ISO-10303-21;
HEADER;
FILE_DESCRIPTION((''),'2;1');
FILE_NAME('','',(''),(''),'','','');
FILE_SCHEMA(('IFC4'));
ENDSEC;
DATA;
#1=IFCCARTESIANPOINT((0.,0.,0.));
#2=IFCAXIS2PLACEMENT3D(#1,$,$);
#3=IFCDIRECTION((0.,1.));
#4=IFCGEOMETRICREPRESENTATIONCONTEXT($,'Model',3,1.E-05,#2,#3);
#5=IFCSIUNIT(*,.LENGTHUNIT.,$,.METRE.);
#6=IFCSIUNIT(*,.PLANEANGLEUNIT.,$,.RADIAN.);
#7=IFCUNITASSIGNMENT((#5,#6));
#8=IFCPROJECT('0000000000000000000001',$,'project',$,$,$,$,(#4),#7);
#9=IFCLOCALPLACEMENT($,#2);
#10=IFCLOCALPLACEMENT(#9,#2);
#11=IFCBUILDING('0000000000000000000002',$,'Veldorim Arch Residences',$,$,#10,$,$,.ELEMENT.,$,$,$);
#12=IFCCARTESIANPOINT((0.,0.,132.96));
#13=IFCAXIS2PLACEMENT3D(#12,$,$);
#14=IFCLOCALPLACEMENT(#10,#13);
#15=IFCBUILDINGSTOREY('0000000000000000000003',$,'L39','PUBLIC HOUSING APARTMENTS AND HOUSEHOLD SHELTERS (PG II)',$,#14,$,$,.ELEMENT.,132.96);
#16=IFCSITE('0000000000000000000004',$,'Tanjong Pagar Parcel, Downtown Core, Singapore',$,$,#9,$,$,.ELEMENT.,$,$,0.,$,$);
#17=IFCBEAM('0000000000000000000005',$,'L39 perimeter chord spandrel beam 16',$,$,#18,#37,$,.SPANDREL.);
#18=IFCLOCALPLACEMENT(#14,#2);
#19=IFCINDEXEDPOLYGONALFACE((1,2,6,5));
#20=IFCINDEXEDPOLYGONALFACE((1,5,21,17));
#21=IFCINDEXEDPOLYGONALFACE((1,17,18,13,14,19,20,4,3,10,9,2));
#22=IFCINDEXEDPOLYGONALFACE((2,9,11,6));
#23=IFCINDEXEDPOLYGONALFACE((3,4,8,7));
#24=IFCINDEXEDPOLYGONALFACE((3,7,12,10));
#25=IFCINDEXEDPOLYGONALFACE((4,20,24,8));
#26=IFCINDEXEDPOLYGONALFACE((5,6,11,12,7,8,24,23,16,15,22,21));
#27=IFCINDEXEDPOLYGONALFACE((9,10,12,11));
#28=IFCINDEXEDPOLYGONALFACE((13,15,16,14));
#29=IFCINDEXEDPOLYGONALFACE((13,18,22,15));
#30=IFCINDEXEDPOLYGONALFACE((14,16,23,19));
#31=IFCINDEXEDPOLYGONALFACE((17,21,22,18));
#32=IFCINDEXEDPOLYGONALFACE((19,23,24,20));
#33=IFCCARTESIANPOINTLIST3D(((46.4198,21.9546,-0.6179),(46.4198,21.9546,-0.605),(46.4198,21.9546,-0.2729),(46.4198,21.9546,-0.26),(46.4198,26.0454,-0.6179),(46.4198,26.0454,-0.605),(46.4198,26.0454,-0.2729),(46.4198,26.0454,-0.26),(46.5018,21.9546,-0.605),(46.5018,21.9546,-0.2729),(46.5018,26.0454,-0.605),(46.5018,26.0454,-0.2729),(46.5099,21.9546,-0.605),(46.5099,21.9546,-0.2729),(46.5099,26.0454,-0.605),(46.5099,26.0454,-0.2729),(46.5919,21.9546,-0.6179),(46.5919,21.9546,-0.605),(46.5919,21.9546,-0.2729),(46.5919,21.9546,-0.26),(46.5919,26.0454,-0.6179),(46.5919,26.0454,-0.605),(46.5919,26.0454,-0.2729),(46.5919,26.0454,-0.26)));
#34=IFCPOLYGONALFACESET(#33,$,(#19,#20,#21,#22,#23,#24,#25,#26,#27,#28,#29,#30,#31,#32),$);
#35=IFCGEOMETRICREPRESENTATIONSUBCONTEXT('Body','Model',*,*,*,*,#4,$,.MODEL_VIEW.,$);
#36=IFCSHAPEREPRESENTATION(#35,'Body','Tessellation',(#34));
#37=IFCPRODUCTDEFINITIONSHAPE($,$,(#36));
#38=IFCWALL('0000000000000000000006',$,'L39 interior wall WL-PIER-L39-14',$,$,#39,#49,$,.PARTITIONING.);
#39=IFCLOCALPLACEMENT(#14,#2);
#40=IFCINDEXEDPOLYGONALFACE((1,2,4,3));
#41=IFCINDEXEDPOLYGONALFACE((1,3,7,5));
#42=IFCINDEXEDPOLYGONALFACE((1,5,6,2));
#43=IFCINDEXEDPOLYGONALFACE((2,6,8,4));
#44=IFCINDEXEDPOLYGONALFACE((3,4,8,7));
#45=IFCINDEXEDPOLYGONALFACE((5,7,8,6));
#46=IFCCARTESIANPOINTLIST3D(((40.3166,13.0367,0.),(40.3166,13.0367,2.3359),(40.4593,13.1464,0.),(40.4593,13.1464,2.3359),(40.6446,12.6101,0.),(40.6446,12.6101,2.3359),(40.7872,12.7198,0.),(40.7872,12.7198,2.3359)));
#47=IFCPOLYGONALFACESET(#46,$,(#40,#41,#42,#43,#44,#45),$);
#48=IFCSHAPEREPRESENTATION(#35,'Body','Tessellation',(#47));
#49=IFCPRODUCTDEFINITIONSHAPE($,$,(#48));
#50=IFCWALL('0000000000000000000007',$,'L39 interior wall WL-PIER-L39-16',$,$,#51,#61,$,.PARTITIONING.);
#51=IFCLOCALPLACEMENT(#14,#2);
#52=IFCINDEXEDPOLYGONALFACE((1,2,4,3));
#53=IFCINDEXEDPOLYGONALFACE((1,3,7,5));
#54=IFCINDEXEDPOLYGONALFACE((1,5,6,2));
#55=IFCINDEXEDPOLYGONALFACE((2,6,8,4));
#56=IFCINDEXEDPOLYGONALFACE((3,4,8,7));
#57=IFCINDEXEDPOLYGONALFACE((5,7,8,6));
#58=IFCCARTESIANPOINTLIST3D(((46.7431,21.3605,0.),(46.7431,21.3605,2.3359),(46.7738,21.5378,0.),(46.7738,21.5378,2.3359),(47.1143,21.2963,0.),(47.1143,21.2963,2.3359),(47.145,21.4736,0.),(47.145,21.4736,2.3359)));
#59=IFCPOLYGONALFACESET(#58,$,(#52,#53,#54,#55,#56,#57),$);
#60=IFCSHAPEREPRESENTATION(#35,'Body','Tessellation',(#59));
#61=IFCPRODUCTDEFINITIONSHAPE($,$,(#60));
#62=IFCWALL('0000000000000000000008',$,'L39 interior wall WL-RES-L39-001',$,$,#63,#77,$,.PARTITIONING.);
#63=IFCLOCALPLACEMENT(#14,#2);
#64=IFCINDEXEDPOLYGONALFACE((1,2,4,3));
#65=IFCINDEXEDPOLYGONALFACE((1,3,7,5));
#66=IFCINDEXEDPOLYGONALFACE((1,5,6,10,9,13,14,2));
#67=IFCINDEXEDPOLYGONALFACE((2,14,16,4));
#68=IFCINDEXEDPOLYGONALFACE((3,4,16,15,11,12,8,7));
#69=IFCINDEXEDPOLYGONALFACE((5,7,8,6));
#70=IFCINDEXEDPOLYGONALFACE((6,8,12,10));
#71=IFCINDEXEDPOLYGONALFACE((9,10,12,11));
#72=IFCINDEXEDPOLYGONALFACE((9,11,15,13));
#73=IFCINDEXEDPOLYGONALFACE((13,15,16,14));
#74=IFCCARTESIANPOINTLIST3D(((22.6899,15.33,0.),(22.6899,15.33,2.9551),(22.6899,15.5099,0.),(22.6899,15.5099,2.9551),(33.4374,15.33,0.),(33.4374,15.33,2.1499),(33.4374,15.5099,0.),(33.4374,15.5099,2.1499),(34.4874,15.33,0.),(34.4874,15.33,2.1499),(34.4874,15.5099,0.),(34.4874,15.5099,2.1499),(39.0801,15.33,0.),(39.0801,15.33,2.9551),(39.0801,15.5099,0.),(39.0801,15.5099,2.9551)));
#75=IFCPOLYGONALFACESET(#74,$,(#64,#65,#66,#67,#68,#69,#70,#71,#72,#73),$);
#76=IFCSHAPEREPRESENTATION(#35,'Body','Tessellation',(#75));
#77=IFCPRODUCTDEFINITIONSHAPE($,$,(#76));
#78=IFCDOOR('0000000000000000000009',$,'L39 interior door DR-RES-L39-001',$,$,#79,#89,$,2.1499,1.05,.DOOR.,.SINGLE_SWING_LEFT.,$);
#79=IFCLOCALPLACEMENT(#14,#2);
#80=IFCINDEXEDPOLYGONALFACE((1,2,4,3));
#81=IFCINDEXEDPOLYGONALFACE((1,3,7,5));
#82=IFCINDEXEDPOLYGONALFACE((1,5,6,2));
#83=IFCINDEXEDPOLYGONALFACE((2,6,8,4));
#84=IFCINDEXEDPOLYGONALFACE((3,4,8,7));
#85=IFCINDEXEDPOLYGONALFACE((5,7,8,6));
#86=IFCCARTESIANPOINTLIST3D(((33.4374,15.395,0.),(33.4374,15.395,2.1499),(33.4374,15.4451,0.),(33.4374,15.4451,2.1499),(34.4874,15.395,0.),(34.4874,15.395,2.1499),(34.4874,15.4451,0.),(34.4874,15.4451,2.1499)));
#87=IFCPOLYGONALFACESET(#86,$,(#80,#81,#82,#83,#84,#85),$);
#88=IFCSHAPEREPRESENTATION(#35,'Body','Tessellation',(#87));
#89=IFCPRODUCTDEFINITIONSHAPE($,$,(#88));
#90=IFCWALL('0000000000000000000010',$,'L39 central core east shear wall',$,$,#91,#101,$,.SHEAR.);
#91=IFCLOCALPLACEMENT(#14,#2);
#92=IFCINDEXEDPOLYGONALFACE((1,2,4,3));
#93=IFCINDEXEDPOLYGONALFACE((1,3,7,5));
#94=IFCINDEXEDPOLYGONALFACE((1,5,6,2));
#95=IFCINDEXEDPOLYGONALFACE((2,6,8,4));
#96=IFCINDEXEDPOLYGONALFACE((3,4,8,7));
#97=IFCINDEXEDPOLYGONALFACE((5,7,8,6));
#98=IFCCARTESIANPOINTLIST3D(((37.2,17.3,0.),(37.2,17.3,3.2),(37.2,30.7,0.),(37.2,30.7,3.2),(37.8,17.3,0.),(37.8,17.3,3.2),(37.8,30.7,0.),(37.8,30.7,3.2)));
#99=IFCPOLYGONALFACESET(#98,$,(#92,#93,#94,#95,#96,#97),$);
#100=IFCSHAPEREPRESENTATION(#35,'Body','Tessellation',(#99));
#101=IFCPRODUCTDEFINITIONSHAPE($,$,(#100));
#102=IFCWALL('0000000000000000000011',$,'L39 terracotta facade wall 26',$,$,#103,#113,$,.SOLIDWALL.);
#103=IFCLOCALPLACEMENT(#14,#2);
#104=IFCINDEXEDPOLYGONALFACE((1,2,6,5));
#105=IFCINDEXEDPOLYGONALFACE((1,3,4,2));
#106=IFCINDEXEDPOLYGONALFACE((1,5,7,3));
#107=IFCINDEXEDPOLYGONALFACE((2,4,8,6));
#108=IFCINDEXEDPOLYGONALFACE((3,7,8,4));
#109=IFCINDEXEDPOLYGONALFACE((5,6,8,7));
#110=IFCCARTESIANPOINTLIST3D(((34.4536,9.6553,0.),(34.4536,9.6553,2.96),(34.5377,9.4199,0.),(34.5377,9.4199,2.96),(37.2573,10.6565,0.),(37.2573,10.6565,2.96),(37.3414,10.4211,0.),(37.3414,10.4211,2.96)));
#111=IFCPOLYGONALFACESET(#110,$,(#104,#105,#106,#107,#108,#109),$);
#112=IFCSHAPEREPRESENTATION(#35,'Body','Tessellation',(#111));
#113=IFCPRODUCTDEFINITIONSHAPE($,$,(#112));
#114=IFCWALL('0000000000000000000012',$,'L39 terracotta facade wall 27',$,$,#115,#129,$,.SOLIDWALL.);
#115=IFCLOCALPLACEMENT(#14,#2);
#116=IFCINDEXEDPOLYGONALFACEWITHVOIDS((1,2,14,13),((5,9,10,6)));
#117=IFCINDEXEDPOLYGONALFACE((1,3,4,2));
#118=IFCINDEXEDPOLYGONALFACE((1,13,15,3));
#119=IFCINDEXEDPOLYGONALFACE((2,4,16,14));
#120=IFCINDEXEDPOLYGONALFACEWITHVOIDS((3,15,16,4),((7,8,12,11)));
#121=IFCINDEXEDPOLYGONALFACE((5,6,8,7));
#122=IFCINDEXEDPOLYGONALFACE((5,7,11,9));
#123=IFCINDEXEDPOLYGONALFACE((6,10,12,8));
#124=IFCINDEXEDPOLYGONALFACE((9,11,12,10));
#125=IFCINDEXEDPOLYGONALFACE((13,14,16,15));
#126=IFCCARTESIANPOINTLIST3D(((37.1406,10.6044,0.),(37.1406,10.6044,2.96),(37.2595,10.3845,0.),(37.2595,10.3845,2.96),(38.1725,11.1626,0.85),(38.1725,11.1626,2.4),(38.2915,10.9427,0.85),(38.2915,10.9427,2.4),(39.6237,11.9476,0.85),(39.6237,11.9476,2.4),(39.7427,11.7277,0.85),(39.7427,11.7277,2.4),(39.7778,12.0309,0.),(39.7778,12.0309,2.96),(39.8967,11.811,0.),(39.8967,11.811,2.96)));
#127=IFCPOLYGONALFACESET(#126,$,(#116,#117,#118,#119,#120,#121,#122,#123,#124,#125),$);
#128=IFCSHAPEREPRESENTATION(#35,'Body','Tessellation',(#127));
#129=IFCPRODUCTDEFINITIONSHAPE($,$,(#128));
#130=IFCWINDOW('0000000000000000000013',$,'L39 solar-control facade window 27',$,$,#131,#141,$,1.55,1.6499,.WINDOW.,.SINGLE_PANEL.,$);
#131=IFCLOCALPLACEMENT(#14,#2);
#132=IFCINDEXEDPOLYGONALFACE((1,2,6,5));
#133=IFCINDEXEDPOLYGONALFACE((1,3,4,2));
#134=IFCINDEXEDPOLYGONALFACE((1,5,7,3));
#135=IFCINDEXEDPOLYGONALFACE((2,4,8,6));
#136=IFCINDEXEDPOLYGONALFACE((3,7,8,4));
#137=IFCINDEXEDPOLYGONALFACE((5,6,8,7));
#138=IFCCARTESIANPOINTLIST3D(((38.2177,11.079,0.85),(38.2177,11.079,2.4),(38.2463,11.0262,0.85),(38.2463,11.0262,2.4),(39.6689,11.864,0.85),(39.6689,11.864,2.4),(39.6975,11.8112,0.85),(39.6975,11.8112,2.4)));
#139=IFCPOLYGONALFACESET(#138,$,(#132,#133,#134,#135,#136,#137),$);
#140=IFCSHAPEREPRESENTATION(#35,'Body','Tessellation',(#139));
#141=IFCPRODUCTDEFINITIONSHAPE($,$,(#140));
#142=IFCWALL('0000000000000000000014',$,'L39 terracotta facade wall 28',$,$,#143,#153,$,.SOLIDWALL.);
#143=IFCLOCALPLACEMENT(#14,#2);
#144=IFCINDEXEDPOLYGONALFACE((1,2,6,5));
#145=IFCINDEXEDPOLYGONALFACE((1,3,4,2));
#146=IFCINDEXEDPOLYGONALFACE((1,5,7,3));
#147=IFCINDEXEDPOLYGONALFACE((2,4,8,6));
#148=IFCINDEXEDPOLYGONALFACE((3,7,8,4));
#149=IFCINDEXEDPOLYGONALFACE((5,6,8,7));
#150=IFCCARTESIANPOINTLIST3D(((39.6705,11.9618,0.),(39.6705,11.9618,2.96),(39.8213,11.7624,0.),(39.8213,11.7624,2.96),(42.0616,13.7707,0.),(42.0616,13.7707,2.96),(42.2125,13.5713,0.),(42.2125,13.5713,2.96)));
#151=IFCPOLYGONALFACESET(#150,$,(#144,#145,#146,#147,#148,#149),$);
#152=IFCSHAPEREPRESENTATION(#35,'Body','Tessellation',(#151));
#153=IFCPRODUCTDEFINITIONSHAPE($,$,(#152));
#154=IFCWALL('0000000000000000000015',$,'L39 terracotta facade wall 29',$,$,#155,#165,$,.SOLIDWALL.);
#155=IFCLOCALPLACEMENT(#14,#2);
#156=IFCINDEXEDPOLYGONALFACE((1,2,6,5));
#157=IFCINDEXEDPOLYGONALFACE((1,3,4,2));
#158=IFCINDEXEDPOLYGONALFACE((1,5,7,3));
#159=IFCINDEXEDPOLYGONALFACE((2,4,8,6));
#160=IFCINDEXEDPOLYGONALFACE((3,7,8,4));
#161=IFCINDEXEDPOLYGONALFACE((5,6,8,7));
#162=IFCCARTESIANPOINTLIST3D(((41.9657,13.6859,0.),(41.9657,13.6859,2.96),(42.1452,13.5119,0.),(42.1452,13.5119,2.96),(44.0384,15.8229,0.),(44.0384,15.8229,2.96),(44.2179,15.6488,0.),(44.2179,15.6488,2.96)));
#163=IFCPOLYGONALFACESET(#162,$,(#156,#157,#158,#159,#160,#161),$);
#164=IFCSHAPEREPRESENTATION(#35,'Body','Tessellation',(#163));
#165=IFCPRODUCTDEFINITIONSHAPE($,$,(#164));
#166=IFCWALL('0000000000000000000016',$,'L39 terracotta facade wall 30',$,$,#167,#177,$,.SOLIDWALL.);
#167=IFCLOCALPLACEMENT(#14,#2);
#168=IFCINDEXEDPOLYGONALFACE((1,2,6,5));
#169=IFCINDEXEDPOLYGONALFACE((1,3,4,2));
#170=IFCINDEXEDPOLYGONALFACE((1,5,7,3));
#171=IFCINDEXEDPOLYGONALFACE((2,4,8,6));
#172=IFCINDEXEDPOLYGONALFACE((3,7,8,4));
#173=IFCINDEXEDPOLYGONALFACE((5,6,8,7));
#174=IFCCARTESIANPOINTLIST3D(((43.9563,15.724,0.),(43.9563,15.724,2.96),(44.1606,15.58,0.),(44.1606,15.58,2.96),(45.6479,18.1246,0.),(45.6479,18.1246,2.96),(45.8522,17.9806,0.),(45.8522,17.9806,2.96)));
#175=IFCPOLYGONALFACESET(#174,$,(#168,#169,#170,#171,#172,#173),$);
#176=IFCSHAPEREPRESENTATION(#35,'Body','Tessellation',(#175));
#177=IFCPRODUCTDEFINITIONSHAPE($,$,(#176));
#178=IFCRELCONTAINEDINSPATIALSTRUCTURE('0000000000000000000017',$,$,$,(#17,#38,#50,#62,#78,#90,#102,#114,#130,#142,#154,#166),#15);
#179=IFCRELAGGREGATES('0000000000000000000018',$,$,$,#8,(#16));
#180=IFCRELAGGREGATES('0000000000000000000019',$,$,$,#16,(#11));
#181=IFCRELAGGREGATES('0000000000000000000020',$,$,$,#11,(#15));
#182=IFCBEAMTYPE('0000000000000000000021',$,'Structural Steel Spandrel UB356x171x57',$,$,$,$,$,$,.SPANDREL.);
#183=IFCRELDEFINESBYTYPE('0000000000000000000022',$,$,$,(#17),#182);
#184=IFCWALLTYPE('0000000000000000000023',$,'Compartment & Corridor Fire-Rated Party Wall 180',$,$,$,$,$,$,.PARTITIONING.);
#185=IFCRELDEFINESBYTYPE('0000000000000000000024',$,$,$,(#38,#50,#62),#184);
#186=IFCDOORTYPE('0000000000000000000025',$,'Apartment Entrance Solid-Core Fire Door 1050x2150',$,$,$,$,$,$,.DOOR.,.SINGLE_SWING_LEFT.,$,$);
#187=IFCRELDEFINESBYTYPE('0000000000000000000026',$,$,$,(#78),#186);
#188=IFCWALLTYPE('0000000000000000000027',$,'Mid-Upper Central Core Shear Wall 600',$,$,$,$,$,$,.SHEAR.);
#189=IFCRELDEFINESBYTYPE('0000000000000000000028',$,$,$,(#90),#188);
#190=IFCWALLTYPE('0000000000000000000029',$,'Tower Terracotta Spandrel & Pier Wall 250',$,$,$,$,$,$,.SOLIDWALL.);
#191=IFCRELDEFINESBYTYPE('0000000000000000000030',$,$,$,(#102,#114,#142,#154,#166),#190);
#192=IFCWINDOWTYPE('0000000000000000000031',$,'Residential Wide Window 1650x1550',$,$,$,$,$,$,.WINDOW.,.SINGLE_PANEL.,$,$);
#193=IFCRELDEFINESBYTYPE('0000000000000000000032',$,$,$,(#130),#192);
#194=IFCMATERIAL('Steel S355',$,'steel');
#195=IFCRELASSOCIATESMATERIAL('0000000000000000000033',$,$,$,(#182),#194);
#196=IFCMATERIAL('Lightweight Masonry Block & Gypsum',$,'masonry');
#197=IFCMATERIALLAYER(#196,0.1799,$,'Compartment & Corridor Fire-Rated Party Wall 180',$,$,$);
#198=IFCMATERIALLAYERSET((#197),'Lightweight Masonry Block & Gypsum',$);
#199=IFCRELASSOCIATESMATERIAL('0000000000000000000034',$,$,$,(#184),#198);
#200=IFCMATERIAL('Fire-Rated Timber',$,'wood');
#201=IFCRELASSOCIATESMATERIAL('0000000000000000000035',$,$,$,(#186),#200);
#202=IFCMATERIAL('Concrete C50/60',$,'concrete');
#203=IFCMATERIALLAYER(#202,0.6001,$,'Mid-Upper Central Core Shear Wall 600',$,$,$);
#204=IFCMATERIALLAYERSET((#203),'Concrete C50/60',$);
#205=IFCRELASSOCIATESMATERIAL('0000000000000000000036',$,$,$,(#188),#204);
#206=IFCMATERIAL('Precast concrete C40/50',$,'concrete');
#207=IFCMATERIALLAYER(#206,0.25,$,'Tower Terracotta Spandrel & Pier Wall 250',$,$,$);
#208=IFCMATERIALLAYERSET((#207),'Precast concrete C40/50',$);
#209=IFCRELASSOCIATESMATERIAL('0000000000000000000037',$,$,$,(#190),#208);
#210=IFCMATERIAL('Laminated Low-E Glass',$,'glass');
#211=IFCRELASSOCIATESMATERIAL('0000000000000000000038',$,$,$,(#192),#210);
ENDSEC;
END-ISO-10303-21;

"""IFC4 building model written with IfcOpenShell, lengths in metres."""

from ifc_helpers import new_model, si_unit, direction, frame, frame_2d, origin, origin_2d, place, context, subcontext, project, spatial, rectangle, i_section, extrude, material, layer, layer_set, material_profile, profile_set, type_object, element, fill, save


model = new_model("IFC4")

# Units and contexts
model_context = context("Model", 3, precision=1e-05, world=origin(), true_north=direction((0.0, 1.0)))
body_context = subcontext(model_context, "Body", "Model", "MODEL_VIEW")
ifc_project = project(units=[si_unit("LENGTHUNIT", "METRE"), si_unit("PLANEANGLEUNIT", "RADIAN")], contexts=[model_context])

# Site, building, storey
site_placement = place(None, origin())
site = spatial("IfcSite", under=ifc_project, at=site_placement, Name="Tanjong Pagar Parcel, Downtown Core, Singapore", CompositionType="ELEMENT", RefElevation=0.0)
building_placement = place(site_placement, origin())
building = spatial("IfcBuilding", under=site, at=building_placement, Name="Veldorim Arch Residences", CompositionType="ELEMENT")
storey_placement = place(building_placement, frame((0.0, 0.0, 132.96)))
storey = spatial("IfcBuildingStorey", under=building, at=storey_placement, Name="L39", Description="PUBLIC HOUSING APARTMENTS AND HOUSEHOLD SHELTERS (PG II)", CompositionType="ELEMENT", Elevation=132.96)

# Beam
ifc_material_1 = material(Name="Steel S355", Category="steel")
ifc_material_profile_1 = material_profile(ifc_material_1, i_section(OverallWidth=0.1721, OverallDepth=0.3579, WebThickness=0.0081, FlangeThickness=0.0129, at=origin_2d()), Name="UB356x171x57")
ifc_profile_set_1 = profile_set([ifc_material_profile_1], Name="Steel S355")
beam_type_1 = type_object("IfcBeamType", Name="Structural Steel Spandrel UB356x171x57", PredefinedType="SPANDREL", material=ifc_profile_set_1)
beam_1_placement = place(storey_placement, frame((46.5059, 21.9546, -0.439), z_axis=(0.0, 1.0, 0.0), x_axis=(-1.0, 0.0, 0.0)))
element("IfcBeam", 1, at=beam_1_placement, inside=storey, type_object=beam_type_1, Name="L39 perimeter chord spandrel beam 16", PredefinedType="SPANDREL", context=body_context, shape_type="SweptSolid", body=[
    extrude(i_section(OverallWidth=0.1721, OverallDepth=0.3579, WebThickness=0.0081, FlangeThickness=0.0129, at=origin_2d()), origin(), (0.0, 0.0, 1.0), 4.0908),
])

# Walls
ifc_material_2 = material(Name="Lightweight Masonry Block & Gypsum", Category="masonry")
ifc_layer_1 = layer(ifc_material_2, 0.1799, Name="Compartment & Corridor Fire-Rated Party Wall 180")
ifc_layer_set_1 = layer_set([ifc_layer_1], Name="Lightweight Masonry Block & Gypsum")
wall_type_1 = type_object("IfcWallType", Name="Compartment & Corridor Fire-Rated Party Wall 180", PredefinedType="PARTITIONING", material=ifc_layer_set_1)
wall_1_placement = place(storey_placement, frame((40.3879, 13.0916, 0.0), z_axis=(0.0, 0.0, 1.0), x_axis=(0.609469, -0.79281, 0.0)))
element("IfcWall", 2, at=wall_1_placement, inside=storey, type_object=wall_type_1, Name="L39 interior wall WL-PIER-L39-14", PredefinedType="PARTITIONING", context=body_context, shape_type="SweptSolid", body=[
    extrude(rectangle(XDim=0.5381, YDim=0.1799, at=frame_2d((0.269, 0.0))), origin(), (0.0, 0.0, 1.0), 2.3359),
])
wall_2_placement = place(storey_placement, frame((46.7583, 21.4492, 0.0), z_axis=(0.0, 0.0, 1.0), x_axis=(0.985359, -0.170493, 0.0)))
element("IfcWall", 3, at=wall_2_placement, inside=storey, type_object=wall_type_1, Name="L39 interior wall WL-PIER-L39-16", PredefinedType="PARTITIONING", context=body_context, shape_type="SweptSolid", body=[
    extrude(rectangle(XDim=0.3767, YDim=0.1799, at=frame_2d((0.1885, 0.0))), origin(), (0.0, 0.0, 1.0), 2.3359),
])

# Wall, opening, door
wall_3_placement = place(storey_placement, frame((39.0801, 15.4199, 0.0), z_axis=(0.0, 0.0, 1.0), x_axis=(-1.0, 0.0, 0.0)))
wall_3 = element("IfcWall", 4, at=wall_3_placement, inside=storey, type_object=wall_type_1, Name="L39 interior wall WL-RES-L39-001", PredefinedType="PARTITIONING", context=body_context, shape_type="SweptSolid", body=[
    extrude(rectangle(XDim=16.3901, YDim=0.1799, at=frame_2d((8.1951, 0.0))), origin(), (0.0, 0.0, 1.0), 2.9551),
])
opening_1_placement = place(wall_3_placement, frame((4.5928, 0.0, 0.0)))
opening_1 = element("IfcOpeningElement", 5, at=opening_1_placement, cuts=wall_3, PredefinedType="OPENING", context=body_context, shape_type="SweptSolid", body=[
    extrude(rectangle(XDim=1.05, YDim=2.1499, at=frame_2d((0.5249, 1.075))), frame((0.0, 0.0999, 0.0), z_axis=(0.0, -1.0, 0.0), x_axis=(1.0, 0.0, 0.0)), (0.0, 0.0, 1.0), 0.2),
])
ifc_material_3 = material(Name="Fire-Rated Timber", Category="wood")
door_type = type_object("IfcDoorType", Name="Apartment Entrance Solid-Core Fire Door 1050x2150", OperationType="SINGLE_SWING_LEFT", PredefinedType="DOOR", material=ifc_material_3)
door_placement = place(opening_1_placement, origin())
door = element("IfcDoor", 6, at=door_placement, inside=storey, type_object=door_type, Name="L39 interior door DR-RES-L39-001", OperationType="SINGLE_SWING_LEFT", OverallHeight=2.1499, OverallWidth=1.05, PredefinedType="DOOR", context=body_context, shape_type="SweptSolid", body=[
    extrude(rectangle(XDim=1.05, YDim=2.1499, at=frame_2d((0.5249, 1.075))), frame((0.0, 0.0249, 0.0), z_axis=(0.0, -1.0, 0.0), x_axis=(1.0, 0.0, 0.0)), (0.0, 0.0, 1.0), 0.05),
])
fill(opening_1, door)

# Walls
ifc_material_4 = material(Name="Concrete C50/60", Category="concrete")
ifc_layer_2 = layer(ifc_material_4, 0.6001, Name="Mid-Upper Central Core Shear Wall 600")
ifc_layer_set_2 = layer_set([ifc_layer_2], Name="Concrete C50/60")
wall_type_2 = type_object("IfcWallType", Name="Mid-Upper Central Core Shear Wall 600", PredefinedType="SHEAR", material=ifc_layer_set_2)
wall_4_placement = place(storey_placement, frame((37.5, 17.3, 0.0), z_axis=(0.0, 0.0, 1.0), x_axis=(0.0, 1.0, 0.0)))
element("IfcWall", 7, at=wall_4_placement, inside=storey, type_object=wall_type_2, Name="L39 central core east shear wall", PredefinedType="SHEAR", context=body_context, shape_type="SweptSolid", body=[
    extrude(rectangle(XDim=13.3999, YDim=0.6001, at=frame_2d((6.7, 0.0))), origin(), (0.0, 0.0, 1.0), 3.2),
])
ifc_material_5 = material(Name="Precast concrete C40/50", Category="concrete")
ifc_layer_3 = layer(ifc_material_5, 0.25, Name="Tower Terracotta Spandrel & Pier Wall 250")
ifc_layer_set_3 = layer_set([ifc_layer_3], Name="Precast concrete C40/50")
wall_type_3 = type_object("IfcWallType", Name="Tower Terracotta Spandrel & Pier Wall 250", PredefinedType="SOLIDWALL", material=ifc_layer_set_3)
wall_5_placement = place(storey_placement, frame((37.2993, 10.5388, 0.0), z_axis=(0.0, 0.0, 1.0), x_axis=(-0.941753, -0.336305, 0.0)))
element("IfcWall", 8, at=wall_5_placement, inside=storey, type_object=wall_type_3, Name="L39 terracotta facade wall 26", PredefinedType="SOLIDWALL", context=body_context, shape_type="SweptSolid", body=[
    extrude(rectangle(XDim=2.9771, YDim=0.25, at=frame_2d((1.4885, 0.0))), origin(), (0.0, 0.0, 1.0), 2.96),
])

# Wall, opening, window
wall_6_placement = place(storey_placement, frame((39.8372, 11.9209, 0.0), z_axis=(0.0, 0.0, 1.0), x_axis=(-0.879567, -0.475774, 0.0)))
wall_6 = element("IfcWall", 9, at=wall_6_placement, inside=storey, type_object=wall_type_3, Name="L39 terracotta facade wall 27", PredefinedType="SOLIDWALL", context=body_context, shape_type="SweptSolid", body=[
    extrude(rectangle(XDim=2.9983, YDim=0.25, at=frame_2d((1.499, 0.0))), origin(), (0.0, 0.0, 1.0), 2.96),
])
opening_2_placement = place(wall_6_placement, frame((0.175, 0.0, 0.8501)))
opening_2 = element("IfcOpeningElement", 10, at=opening_2_placement, cuts=wall_6, PredefinedType="OPENING", context=body_context, shape_type="SweptSolid", body=[
    extrude(rectangle(XDim=1.6499, YDim=1.55, at=frame_2d((0.825, 0.7749))), frame((0.0, 0.135, 0.0), z_axis=(0.0, -1.0, 0.0), x_axis=(1.0, 0.0, 0.0)), (0.0, 0.0, 1.0), 0.27),
])
ifc_material_6 = material(Name="Laminated Low-E Glass", Category="glass")
window_type = type_object("IfcWindowType", Name="Residential Wide Window 1650x1550", PartitioningType="SINGLE_PANEL", PredefinedType="WINDOW", material=ifc_material_6)
window_placement = place(opening_2_placement, origin())
window = element("IfcWindow", 11, at=window_placement, inside=storey, type_object=window_type, Name="L39 solar-control facade window 27", OverallHeight=1.55, OverallWidth=1.6499, PartitioningType="SINGLE_PANEL", PredefinedType="WINDOW", context=body_context, shape_type="SweptSolid", body=[
    extrude(rectangle(XDim=1.6499, YDim=1.55, at=frame_2d((0.825, 0.7749))), frame((0.0, 0.03, 0.0), z_axis=(0.0, -1.0, 0.0), x_axis=(1.0, 0.0, 0.0)), (0.0, 0.0, 1.0), 0.0601),
])
fill(opening_2, window)

# Walls
wall_7_placement = place(storey_placement, frame((42.137, 13.6709, 0.0), z_axis=(0.0, 0.0, 1.0), x_axis=(-0.797511, -0.603304, 0.0)))
element("IfcWall", 12, at=wall_7_placement, inside=storey, type_object=wall_type_3, Name="L39 terracotta facade wall 28", PredefinedType="SOLIDWALL", context=body_context, shape_type="SweptSolid", body=[
    extrude(rectangle(XDim=2.9983, YDim=0.25, at=frame_2d((1.499, 0.0))), origin(), (0.0, 0.0, 1.0), 2.96),
])
wall_8_placement = place(storey_placement, frame((44.1282, 15.7358, 0.0), z_axis=(0.0, 0.0, 1.0), x_axis=(-0.696241, -0.717808, 0.0)))
element("IfcWall", 13, at=wall_8_placement, inside=storey, type_object=wall_type_3, Name="L39 terracotta facade wall 29", PredefinedType="SOLIDWALL", context=body_context, shape_type="SweptSolid", body=[
    extrude(rectangle(XDim=2.9771, YDim=0.25, at=frame_2d((1.4885, 0.0))), origin(), (0.0, 0.0, 1.0), 2.96),
])
wall_9_placement = place(storey_placement, frame((45.75, 18.0525, 0.0), z_axis=(0.0, 0.0, 1.0), x_axis=(-0.57602, -0.817435, 0.0)))
element("IfcWall", 14, at=wall_9_placement, inside=storey, type_object=wall_type_3, Name="L39 terracotta facade wall 30", PredefinedType="SOLIDWALL", context=body_context, shape_type="SweptSolid", body=[
    extrude(rectangle(XDim=2.9368, YDim=0.25, at=frame_2d((1.4683, 0.0))), origin(), (0.0, 0.0, 1.0), 2.96),
])

save(model, "model.ifc")
